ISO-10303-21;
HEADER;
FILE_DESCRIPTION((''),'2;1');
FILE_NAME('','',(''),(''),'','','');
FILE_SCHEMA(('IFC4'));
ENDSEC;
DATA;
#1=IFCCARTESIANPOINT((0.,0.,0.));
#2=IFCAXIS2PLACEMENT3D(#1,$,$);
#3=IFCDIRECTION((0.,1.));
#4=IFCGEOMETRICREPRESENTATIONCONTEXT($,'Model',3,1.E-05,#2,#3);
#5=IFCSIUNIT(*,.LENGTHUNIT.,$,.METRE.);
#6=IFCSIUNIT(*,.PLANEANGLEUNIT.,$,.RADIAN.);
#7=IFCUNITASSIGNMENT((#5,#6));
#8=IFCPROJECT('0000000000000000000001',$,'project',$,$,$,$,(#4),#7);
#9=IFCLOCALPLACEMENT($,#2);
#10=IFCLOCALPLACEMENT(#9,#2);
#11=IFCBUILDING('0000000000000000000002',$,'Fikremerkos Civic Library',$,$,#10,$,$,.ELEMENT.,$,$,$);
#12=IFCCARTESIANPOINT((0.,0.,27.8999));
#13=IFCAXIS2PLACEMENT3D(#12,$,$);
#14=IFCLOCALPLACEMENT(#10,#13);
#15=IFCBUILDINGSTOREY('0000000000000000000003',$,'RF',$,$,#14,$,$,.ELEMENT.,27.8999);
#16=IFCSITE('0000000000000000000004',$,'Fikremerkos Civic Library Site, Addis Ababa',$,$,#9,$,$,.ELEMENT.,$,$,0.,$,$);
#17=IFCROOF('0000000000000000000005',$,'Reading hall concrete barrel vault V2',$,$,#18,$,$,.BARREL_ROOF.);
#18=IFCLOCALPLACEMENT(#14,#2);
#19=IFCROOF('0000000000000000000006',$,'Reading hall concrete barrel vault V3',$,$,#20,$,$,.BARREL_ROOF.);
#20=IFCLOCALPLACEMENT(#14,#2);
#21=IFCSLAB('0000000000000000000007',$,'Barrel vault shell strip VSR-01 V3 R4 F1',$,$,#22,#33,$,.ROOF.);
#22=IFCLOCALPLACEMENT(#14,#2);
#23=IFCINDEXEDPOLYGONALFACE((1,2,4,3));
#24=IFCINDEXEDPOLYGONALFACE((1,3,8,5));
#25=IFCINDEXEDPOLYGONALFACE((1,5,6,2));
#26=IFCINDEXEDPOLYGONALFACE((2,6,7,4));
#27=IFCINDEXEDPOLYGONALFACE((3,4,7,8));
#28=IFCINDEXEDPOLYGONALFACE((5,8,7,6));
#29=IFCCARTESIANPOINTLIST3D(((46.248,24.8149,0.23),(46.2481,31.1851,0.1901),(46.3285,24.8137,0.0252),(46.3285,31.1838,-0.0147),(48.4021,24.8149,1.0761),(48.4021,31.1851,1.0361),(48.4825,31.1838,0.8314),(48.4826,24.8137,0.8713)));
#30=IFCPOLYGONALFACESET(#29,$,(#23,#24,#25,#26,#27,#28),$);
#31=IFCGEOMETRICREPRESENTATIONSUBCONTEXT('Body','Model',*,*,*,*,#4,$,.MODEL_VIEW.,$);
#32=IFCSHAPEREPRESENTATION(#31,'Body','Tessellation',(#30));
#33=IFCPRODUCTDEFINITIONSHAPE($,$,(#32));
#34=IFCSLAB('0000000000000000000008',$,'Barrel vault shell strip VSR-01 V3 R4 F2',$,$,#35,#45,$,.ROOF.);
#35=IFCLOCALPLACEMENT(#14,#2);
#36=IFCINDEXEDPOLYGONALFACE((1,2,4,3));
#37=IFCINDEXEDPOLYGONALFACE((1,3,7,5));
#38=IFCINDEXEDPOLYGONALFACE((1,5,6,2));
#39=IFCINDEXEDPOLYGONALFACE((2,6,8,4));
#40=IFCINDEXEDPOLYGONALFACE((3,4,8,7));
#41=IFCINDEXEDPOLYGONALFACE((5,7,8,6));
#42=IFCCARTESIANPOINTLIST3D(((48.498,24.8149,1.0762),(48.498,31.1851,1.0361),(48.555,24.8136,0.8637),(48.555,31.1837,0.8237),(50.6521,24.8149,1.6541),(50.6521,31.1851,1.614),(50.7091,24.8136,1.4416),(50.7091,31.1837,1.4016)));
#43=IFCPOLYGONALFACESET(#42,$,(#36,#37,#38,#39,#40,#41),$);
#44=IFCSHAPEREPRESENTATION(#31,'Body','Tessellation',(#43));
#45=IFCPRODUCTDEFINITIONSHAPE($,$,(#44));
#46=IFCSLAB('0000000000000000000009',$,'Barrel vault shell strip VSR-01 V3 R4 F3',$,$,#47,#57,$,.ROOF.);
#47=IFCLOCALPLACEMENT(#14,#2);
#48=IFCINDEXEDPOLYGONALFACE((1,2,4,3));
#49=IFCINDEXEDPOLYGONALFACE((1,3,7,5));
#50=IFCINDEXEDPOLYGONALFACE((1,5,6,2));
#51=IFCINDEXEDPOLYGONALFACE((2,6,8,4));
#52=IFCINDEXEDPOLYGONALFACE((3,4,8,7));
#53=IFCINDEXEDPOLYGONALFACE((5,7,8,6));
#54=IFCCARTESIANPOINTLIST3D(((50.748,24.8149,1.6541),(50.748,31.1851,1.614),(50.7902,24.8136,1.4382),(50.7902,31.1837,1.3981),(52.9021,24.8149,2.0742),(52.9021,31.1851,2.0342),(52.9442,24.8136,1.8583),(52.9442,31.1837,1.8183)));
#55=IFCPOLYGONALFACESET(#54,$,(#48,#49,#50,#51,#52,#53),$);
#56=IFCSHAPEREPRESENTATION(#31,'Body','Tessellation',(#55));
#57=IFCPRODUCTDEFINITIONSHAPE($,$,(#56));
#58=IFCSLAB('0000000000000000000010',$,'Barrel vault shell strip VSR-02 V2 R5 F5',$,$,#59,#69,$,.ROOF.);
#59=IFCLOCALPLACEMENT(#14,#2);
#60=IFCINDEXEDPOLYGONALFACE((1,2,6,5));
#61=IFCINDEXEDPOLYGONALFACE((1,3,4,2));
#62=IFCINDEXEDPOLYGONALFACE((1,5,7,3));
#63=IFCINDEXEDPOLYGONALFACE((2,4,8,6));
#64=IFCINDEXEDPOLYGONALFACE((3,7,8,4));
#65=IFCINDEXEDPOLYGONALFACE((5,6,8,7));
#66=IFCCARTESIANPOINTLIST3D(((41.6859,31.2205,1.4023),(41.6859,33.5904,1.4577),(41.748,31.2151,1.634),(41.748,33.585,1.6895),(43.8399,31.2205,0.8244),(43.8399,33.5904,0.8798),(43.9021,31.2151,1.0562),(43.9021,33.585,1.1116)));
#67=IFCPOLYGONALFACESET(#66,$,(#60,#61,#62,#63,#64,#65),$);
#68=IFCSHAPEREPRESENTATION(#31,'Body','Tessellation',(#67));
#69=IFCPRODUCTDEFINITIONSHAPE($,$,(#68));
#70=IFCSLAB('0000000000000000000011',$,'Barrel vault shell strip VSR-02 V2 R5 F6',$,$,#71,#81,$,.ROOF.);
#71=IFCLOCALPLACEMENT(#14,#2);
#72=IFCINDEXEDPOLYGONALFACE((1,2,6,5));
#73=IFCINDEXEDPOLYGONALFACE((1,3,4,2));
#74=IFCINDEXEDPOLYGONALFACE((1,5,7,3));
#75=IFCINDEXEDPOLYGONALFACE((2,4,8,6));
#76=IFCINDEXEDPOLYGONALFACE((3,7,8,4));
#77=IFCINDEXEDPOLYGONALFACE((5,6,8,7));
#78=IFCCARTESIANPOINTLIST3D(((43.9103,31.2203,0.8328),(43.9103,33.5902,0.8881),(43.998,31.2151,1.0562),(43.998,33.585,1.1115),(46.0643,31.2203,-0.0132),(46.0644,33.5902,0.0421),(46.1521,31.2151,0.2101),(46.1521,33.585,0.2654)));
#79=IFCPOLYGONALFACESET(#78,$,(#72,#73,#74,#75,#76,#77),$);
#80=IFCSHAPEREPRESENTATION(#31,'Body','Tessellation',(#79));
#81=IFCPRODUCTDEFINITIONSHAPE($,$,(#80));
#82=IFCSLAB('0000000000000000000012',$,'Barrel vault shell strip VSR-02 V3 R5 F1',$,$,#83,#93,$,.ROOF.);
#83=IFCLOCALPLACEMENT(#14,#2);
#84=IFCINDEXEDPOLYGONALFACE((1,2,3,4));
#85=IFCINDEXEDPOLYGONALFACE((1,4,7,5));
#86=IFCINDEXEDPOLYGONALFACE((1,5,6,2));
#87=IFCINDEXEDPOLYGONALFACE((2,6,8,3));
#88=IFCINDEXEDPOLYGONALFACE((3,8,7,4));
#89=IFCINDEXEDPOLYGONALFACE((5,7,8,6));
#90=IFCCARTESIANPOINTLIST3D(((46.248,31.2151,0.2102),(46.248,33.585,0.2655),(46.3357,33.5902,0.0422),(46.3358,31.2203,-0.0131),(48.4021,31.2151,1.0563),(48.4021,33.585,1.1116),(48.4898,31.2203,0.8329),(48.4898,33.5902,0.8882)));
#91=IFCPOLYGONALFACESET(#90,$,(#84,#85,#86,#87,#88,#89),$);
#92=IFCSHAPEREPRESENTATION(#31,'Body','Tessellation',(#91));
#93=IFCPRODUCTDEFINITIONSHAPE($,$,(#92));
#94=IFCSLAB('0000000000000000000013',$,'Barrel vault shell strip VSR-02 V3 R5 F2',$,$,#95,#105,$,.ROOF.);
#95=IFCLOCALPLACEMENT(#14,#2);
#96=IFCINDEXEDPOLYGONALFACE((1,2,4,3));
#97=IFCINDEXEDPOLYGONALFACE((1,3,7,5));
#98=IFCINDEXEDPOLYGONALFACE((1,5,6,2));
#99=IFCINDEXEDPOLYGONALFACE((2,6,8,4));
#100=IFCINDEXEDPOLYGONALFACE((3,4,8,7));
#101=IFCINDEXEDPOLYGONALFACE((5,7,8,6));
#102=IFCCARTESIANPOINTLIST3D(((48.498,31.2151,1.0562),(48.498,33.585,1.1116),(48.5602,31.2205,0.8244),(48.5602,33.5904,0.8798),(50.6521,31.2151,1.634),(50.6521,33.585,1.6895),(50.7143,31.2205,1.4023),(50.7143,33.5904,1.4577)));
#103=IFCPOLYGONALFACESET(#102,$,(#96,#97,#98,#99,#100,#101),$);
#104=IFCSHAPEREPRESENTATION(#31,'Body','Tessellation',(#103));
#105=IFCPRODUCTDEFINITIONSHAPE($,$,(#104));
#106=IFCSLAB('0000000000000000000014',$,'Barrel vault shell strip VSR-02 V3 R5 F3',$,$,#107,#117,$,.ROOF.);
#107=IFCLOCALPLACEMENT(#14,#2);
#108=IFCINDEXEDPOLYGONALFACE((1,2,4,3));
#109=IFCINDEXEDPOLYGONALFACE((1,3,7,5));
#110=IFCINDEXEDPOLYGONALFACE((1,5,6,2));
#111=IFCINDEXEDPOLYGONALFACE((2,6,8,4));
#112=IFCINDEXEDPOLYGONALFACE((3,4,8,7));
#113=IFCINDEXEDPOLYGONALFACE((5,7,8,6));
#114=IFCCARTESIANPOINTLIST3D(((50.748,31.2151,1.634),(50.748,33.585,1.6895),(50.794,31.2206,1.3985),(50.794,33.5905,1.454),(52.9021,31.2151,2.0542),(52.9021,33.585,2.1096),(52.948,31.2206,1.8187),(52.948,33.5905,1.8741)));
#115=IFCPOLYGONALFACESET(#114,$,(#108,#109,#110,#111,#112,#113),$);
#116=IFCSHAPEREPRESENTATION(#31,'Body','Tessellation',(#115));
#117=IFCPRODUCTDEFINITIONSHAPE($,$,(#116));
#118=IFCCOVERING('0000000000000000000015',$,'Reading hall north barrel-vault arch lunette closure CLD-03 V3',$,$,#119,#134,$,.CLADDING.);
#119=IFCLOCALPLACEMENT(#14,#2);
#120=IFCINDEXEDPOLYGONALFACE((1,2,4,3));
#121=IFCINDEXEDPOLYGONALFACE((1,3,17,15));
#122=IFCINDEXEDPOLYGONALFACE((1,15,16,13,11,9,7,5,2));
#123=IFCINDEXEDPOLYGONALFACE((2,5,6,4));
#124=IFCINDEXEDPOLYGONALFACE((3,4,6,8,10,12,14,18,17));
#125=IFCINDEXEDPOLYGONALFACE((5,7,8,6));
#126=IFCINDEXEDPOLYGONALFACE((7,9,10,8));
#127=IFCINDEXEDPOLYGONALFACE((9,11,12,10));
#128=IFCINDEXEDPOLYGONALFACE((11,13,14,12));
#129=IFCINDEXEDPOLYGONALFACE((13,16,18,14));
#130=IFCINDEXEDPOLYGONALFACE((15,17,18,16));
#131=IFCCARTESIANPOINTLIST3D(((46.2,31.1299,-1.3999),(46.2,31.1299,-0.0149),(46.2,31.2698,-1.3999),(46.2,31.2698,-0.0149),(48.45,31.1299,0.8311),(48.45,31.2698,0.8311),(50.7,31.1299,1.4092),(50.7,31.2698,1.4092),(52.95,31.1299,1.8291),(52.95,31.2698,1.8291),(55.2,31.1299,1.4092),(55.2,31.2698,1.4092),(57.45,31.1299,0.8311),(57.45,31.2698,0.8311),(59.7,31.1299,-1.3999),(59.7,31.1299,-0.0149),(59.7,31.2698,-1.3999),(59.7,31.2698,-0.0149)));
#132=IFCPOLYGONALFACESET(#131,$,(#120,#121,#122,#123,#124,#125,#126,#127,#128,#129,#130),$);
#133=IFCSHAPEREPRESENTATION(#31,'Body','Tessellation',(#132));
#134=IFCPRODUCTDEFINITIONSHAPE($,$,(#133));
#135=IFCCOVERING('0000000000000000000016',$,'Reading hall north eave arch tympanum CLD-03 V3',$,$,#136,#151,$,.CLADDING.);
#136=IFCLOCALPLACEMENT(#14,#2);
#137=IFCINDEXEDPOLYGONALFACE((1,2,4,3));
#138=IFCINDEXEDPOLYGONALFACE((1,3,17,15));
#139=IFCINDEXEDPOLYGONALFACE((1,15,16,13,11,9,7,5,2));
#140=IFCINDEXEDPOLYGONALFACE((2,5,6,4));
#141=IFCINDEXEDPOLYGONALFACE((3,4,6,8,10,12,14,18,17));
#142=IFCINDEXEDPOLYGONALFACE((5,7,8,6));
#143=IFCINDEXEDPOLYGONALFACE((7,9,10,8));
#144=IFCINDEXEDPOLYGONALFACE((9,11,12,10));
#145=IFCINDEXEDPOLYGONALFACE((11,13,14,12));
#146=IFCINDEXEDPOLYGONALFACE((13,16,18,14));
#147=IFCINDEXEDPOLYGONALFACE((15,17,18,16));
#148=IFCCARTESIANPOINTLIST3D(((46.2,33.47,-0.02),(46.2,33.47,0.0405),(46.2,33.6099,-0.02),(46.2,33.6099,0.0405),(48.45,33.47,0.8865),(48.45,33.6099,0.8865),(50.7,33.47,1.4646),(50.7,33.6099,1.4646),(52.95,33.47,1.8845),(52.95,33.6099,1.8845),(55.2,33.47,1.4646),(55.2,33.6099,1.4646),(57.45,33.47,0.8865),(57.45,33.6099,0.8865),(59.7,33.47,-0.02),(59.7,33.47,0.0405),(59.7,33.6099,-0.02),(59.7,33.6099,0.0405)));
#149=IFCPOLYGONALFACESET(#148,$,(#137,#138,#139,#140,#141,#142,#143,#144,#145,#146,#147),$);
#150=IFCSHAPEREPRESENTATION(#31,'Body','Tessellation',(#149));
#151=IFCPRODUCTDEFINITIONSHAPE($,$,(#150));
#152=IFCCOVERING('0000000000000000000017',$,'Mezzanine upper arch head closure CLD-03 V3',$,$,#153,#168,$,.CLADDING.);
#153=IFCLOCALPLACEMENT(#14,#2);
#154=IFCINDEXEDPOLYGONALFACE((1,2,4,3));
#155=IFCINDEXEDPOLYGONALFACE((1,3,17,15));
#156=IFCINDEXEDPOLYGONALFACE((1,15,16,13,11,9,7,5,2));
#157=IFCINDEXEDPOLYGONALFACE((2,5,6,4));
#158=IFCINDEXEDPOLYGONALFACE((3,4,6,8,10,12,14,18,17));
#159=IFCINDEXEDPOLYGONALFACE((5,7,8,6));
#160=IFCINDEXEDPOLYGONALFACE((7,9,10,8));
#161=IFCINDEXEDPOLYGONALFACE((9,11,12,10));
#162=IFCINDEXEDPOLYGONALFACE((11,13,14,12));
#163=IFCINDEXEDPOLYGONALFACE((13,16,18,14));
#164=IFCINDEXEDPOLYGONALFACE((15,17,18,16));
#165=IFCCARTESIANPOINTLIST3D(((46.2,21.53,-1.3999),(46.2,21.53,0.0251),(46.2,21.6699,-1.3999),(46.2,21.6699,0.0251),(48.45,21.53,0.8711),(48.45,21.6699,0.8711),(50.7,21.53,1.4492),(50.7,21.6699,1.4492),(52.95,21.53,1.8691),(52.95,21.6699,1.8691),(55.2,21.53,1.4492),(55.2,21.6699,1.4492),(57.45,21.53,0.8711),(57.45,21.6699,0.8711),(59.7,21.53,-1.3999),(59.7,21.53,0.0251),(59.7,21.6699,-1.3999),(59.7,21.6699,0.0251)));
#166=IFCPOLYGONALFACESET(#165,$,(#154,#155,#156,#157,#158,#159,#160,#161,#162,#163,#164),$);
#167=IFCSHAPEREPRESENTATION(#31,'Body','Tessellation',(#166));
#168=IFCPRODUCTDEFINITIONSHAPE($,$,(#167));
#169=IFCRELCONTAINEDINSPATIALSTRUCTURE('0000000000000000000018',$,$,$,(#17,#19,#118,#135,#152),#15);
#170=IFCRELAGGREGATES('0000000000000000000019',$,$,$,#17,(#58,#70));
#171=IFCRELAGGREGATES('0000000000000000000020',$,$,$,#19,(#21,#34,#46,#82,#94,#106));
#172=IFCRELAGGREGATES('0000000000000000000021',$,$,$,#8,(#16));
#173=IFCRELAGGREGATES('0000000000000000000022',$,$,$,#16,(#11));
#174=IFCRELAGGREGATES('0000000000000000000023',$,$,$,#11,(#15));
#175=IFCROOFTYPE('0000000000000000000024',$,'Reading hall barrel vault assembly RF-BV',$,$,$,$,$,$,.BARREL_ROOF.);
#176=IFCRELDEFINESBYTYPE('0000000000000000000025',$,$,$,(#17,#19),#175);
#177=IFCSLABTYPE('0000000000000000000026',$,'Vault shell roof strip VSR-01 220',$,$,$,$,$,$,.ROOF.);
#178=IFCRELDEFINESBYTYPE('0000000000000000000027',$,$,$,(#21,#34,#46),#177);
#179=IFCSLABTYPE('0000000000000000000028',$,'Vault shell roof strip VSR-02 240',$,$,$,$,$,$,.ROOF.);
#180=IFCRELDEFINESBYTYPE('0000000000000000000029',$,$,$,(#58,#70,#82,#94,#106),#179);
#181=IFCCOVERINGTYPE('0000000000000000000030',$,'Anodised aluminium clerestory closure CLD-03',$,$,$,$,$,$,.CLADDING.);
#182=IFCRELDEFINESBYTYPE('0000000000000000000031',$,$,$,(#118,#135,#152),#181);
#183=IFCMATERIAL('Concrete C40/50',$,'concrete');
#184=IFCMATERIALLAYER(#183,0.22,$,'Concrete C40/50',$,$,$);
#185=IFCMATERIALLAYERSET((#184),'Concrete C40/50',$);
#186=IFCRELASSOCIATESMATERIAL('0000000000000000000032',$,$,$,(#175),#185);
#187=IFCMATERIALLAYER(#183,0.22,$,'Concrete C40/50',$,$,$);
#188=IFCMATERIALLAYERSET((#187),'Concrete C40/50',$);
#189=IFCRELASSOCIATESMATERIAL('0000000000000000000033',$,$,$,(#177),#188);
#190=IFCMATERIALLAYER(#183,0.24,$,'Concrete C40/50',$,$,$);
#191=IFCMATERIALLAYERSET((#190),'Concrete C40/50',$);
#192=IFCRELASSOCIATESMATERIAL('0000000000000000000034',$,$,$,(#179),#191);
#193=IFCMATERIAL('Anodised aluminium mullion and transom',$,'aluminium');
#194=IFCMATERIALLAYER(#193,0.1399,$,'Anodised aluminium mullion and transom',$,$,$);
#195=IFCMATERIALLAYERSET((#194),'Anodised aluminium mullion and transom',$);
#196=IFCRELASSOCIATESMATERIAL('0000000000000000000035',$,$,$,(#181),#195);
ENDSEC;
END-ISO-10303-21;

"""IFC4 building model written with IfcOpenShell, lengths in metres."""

from ifc_helpers import new_model, si_unit, direction, frame, origin, place, context, subcontext, project, spatial, polyline, outline, extrude, material, layer, layer_set, type_object, element, aggregate, save


model = new_model("IFC4")

# Units and contexts
model_context = context("Model", 3, precision=1e-05, world=origin(), true_north=direction((0.0, 1.0)))
body_context = subcontext(model_context, "Body", "Model", "MODEL_VIEW")
ifc_project = project(units=[si_unit("LENGTHUNIT", "METRE"), si_unit("PLANEANGLEUNIT", "RADIAN")], contexts=[model_context])

# Site, building, storey
site_placement = place(None, origin())
site = spatial("IfcSite", under=ifc_project, at=site_placement, Name="Fikremerkos Civic Library Site, Addis Ababa", CompositionType="ELEMENT", RefElevation=0.0)
building_placement = place(site_placement, origin())
building = spatial("IfcBuilding", under=site, at=building_placement, Name="Fikremerkos Civic Library", CompositionType="ELEMENT")
storey_placement = place(building_placement, frame((0.0, 0.0, 27.8999)))
storey = spatial("IfcBuildingStorey", under=building, at=storey_placement, Name="RF", CompositionType="ELEMENT", Elevation=27.8999)

# Roofs, slabs
ifc_material_1 = material(Name="Concrete C40/50", Category="concrete")
ifc_layer_1 = layer(ifc_material_1, 0.22, Name="Concrete C40/50")
ifc_layer_set_1 = layer_set([ifc_layer_1], Name="Concrete C40/50")
roof_type = type_object("IfcRoofType", Name="Reading hall barrel vault assembly RF-BV", PredefinedType="BARREL_ROOF", material=ifc_layer_set_1)
roof_1_placement = place(storey_placement, origin())
roof_1 = element("IfcRoof", 1, at=roof_1_placement, inside=storey, type_object=roof_type, Name="Reading hall concrete barrel vault V2", PredefinedType="BARREL_ROOF")
ifc_layer_2 = layer(ifc_material_1, 0.22, Name="Concrete C40/50")
ifc_layer_set_2 = layer_set([ifc_layer_2], Name="Concrete C40/50")
slab_type_1 = type_object("IfcSlabType", Name="Vault shell roof strip VSR-01 220", PredefinedType="ROOF", material=ifc_layer_set_2)
roof_2_placement = place(storey_placement, origin())
roof_2 = element("IfcRoof", 2, at=roof_2_placement, inside=storey, type_object=roof_type, Name="Reading hall concrete barrel vault V3", PredefinedType="BARREL_ROOF")
slab_1_placement = place(storey_placement, frame((46.248, 24.8149, 0.23), z_axis=(-0.365584, 0.005832, 0.93076), x_axis=(0.930776, 0.0, 0.36559)))
slab_1 = element("IfcSlab", 3, at=slab_1_placement, type_object=slab_type_1, Name="Barrel vault shell strip VSR-01 V3 R4 F1", PredefinedType="ROOF", context=body_context, shape_type="SweptSolid", body=[
    extrude(outline(polyline([(0.0, 0.0), (2.3143, 0.0), (2.2997, 6.3702), (-0.0146, 6.3702), (0.0, 0.0)])), origin(), (0.0, 0.0, -1.0), 0.22),
])
slab_2_placement = place(storey_placement, frame((48.498, 24.8149, 1.0762), z_axis=(-0.259109, 0.006071, 0.965829), x_axis=(0.965847, 0.0, 0.259114)))
slab_2 = element("IfcSlab", 4, at=slab_2_placement, type_object=slab_type_1, Name="Barrel vault shell strip VSR-01 V3 R4 F2", PredefinedType="ROOF", context=body_context, shape_type="SweptSolid", body=[
    extrude(outline(polyline([(0.0, 0.0), (2.2302, 0.0), (2.2198, 6.3702), (-0.0104, 6.3702), (0.0, 0.0)])), origin(), (0.0, 0.0, -1.0), 0.22),
])
slab_3_placement = place(storey_placement, frame((50.748, 24.8149, 1.6541), z_axis=(-0.191447, 0.006169, 0.981484), x_axis=(0.981502, 0.0, 0.19145)))
slab_3 = element("IfcSlab", 5, at=slab_3_placement, type_object=slab_type_1, Name="Barrel vault shell strip VSR-01 V3 R4 F3", PredefinedType="ROOF", context=body_context, shape_type="SweptSolid", body=[
    extrude(outline(polyline([(0.0, 0.0), (2.1946, 0.0), (2.187, 6.3702), (-0.0077, 6.3702), (0.0, 0.0)])), origin(), (0.0, 0.0, -1.0), 0.22),
])

# Slabs
ifc_layer_3 = layer(ifc_material_1, 0.24, Name="Concrete C40/50")
ifc_layer_set_3 = layer_set([ifc_layer_3], Name="Concrete C40/50")
slab_type_2 = type_object("IfcSlabType", Name="Vault shell roof strip VSR-02 240", PredefinedType="ROOF", material=ifc_layer_set_3)
slab_4_placement = place(storey_placement, frame((41.748, 31.2151, 1.634), z_axis=(0.259048, -0.022581, 0.965601), x_axis=(0.965847, 0.0, -0.259114)))
slab_4 = element("IfcSlab", 6, at=slab_4_placement, type_object=slab_type_2, Name="Barrel vault shell strip VSR-02 V2 R5 F5", PredefinedType="ROOF", context=body_context, shape_type="SweptSolid", body=[
    extrude(outline(polyline([(0.0, 0.0), (2.2302, 0.0), (2.2159, 2.3705), (-0.0144, 2.3705), (0.0, 0.0)])), origin(), (0.0, 0.0, -1.0), 0.24),
])
slab_5_placement = place(storey_placement, frame((43.998, 31.2151, 1.0562), z_axis=(0.365504, -0.021713, 0.930556), x_axis=(0.930776, 0.000001, -0.36559)))
slab_5 = element("IfcSlab", 7, at=slab_5_placement, type_object=slab_type_2, Name="Barrel vault shell strip VSR-02 V2 R5 F6", PredefinedType="ROOF", context=body_context, shape_type="SweptSolid", body=[
    extrude(outline(polyline([(0.0, 0.0), (2.3142, 0.0), (2.294, 2.3704), (-0.0203, 2.3704), (0.0, 0.0)])), origin(), (0.0, 0.0, -1.0), 0.24),
])
aggregate(roof_1, [slab_4, slab_5])
slab_6_placement = place(storey_placement, frame((46.248, 31.2151, 0.2102), z_axis=(-0.365504, -0.021713, 0.930556), x_axis=(0.930776, -0.000001, 0.36559)))
slab_6 = element("IfcSlab", 8, at=slab_6_placement, type_object=slab_type_2, Name="Barrel vault shell strip VSR-02 V3 R5 F1", PredefinedType="ROOF", context=body_context, shape_type="SweptSolid", body=[
    extrude(outline(polyline([(0.0, 0.0), (2.3142, 0.0), (2.3345, 2.3704), (0.0202, 2.3704), (0.0, 0.0)])), origin(), (0.0, 0.0, -1.0), 0.24),
])
slab_7_placement = place(storey_placement, frame((48.498, 31.2151, 1.0562), z_axis=(-0.259048, -0.022581, 0.965601), x_axis=(0.965847, 0.0, 0.259114)))
slab_7 = element("IfcSlab", 9, at=slab_7_placement, type_object=slab_type_2, Name="Barrel vault shell strip VSR-02 V3 R5 F2", PredefinedType="ROOF", context=body_context, shape_type="SweptSolid", body=[
    extrude(outline(polyline([(0.0, 0.0), (2.2302, 0.0), (2.2446, 2.3705), (0.0144, 2.3705), (0.0, 0.0)])), origin(), (0.0, 0.0, -1.0), 0.24),
])
slab_8_placement = place(storey_placement, frame((50.748, 31.2151, 1.634), z_axis=(-0.1914, -0.022947, 0.981244), x_axis=(0.981502, 0.0, 0.19145)))
slab_8 = element("IfcSlab", 10, at=slab_8_placement, type_object=slab_type_2, Name="Barrel vault shell strip VSR-02 V3 R5 F3", PredefinedType="ROOF", context=body_context, shape_type="SweptSolid", body=[
    extrude(outline(polyline([(0.0, 0.0), (2.1946, 0.0), (2.2053, 2.3705), (0.0106, 2.3705), (0.0, 0.0)])), origin(), (0.0, 0.0, -1.0), 0.24),
])
aggregate(roof_2, [slab_1, slab_2, slab_3, slab_6, slab_7, slab_8])

# Coverings
ifc_material_2 = material(Name="Anodised aluminium mullion and transom", Category="aluminium")
ifc_layer_4 = layer(ifc_material_2, 0.1399, Name="Anodised aluminium mullion and transom")
ifc_layer_set_4 = layer_set([ifc_layer_4], Name="Anodised aluminium mullion and transom")
covering_type = type_object("IfcCoveringType", Name="Anodised aluminium clerestory closure CLD-03", PredefinedType="CLADDING", material=ifc_layer_set_4)
covering_1_placement = place(storey_placement, frame((46.2, 31.2, -1.3999), z_axis=(0.0, 0.0, 1.0), x_axis=(1.0, 0.0, 0.0)))
element("IfcCovering", 11, at=covering_1_placement, inside=storey, type_object=covering_type, Name="Reading hall north barrel-vault arch lunette closure CLD-03 V3", PredefinedType="CLADDING", context=body_context, shape_type="SweptSolid", body=[
    extrude(outline(polyline([(0.0, 0.0), (13.5, 0.0), (13.5, 1.385), (11.25, 2.231), (9.0, 2.8091), (6.75, 3.229), (4.5, 2.8091), (2.25, 2.231), (0.0, 1.385), (0.0, 0.0)])), frame((0.0, 0.0698, 0.0), z_axis=(0.0, -1.0, 0.0), x_axis=(1.0, 0.0, 0.0)), (0.0, 0.0, 1.0), 0.1399),
])
covering_2_placement = place(storey_placement, frame((46.2, 33.54, -0.02), z_axis=(0.0, 0.0, 1.0), x_axis=(1.0, 0.0, 0.0)))
element("IfcCovering", 12, at=covering_2_placement, inside=storey, type_object=covering_type, Name="Reading hall north eave arch tympanum CLD-03 V3", PredefinedType="CLADDING", context=body_context, shape_type="SweptSolid", body=[
    extrude(outline(polyline([(0.0, 0.0), (13.5, 0.0), (13.5, 0.0605), (11.25, 0.9065), (9.0, 1.4846), (6.75, 1.9045), (4.5, 1.4846), (2.25, 0.9065), (0.0, 0.0605), (0.0, 0.0)])), frame((0.0, 0.0698, 0.0), z_axis=(0.0, -1.0, 0.0), x_axis=(1.0, 0.0, 0.0)), (0.0, 0.0, 1.0), 0.1399),
])
covering_3_placement = place(storey_placement, frame((46.2, 21.6001, -1.3999), z_axis=(0.0, 0.0, 1.0), x_axis=(1.0, 0.0, 0.0)))
element("IfcCovering", 13, at=covering_3_placement, inside=storey, type_object=covering_type, Name="Mezzanine upper arch head closure CLD-03 V3", PredefinedType="CLADDING", context=body_context, shape_type="SweptSolid", body=[
    extrude(outline(polyline([(0.0, 0.0), (13.5, 0.0), (13.5, 1.425), (11.25, 2.271), (9.0, 2.8491), (6.75, 3.269), (4.5, 2.8491), (2.25, 2.271), (0.0, 1.425), (0.0, 0.0)])), frame((0.0, 0.0698, 0.0), z_axis=(0.0, -1.0, 0.0), x_axis=(1.0, 0.0, 0.0)), (0.0, 0.0, 1.0), 0.1399),
])

save(model, "model.ifc")
